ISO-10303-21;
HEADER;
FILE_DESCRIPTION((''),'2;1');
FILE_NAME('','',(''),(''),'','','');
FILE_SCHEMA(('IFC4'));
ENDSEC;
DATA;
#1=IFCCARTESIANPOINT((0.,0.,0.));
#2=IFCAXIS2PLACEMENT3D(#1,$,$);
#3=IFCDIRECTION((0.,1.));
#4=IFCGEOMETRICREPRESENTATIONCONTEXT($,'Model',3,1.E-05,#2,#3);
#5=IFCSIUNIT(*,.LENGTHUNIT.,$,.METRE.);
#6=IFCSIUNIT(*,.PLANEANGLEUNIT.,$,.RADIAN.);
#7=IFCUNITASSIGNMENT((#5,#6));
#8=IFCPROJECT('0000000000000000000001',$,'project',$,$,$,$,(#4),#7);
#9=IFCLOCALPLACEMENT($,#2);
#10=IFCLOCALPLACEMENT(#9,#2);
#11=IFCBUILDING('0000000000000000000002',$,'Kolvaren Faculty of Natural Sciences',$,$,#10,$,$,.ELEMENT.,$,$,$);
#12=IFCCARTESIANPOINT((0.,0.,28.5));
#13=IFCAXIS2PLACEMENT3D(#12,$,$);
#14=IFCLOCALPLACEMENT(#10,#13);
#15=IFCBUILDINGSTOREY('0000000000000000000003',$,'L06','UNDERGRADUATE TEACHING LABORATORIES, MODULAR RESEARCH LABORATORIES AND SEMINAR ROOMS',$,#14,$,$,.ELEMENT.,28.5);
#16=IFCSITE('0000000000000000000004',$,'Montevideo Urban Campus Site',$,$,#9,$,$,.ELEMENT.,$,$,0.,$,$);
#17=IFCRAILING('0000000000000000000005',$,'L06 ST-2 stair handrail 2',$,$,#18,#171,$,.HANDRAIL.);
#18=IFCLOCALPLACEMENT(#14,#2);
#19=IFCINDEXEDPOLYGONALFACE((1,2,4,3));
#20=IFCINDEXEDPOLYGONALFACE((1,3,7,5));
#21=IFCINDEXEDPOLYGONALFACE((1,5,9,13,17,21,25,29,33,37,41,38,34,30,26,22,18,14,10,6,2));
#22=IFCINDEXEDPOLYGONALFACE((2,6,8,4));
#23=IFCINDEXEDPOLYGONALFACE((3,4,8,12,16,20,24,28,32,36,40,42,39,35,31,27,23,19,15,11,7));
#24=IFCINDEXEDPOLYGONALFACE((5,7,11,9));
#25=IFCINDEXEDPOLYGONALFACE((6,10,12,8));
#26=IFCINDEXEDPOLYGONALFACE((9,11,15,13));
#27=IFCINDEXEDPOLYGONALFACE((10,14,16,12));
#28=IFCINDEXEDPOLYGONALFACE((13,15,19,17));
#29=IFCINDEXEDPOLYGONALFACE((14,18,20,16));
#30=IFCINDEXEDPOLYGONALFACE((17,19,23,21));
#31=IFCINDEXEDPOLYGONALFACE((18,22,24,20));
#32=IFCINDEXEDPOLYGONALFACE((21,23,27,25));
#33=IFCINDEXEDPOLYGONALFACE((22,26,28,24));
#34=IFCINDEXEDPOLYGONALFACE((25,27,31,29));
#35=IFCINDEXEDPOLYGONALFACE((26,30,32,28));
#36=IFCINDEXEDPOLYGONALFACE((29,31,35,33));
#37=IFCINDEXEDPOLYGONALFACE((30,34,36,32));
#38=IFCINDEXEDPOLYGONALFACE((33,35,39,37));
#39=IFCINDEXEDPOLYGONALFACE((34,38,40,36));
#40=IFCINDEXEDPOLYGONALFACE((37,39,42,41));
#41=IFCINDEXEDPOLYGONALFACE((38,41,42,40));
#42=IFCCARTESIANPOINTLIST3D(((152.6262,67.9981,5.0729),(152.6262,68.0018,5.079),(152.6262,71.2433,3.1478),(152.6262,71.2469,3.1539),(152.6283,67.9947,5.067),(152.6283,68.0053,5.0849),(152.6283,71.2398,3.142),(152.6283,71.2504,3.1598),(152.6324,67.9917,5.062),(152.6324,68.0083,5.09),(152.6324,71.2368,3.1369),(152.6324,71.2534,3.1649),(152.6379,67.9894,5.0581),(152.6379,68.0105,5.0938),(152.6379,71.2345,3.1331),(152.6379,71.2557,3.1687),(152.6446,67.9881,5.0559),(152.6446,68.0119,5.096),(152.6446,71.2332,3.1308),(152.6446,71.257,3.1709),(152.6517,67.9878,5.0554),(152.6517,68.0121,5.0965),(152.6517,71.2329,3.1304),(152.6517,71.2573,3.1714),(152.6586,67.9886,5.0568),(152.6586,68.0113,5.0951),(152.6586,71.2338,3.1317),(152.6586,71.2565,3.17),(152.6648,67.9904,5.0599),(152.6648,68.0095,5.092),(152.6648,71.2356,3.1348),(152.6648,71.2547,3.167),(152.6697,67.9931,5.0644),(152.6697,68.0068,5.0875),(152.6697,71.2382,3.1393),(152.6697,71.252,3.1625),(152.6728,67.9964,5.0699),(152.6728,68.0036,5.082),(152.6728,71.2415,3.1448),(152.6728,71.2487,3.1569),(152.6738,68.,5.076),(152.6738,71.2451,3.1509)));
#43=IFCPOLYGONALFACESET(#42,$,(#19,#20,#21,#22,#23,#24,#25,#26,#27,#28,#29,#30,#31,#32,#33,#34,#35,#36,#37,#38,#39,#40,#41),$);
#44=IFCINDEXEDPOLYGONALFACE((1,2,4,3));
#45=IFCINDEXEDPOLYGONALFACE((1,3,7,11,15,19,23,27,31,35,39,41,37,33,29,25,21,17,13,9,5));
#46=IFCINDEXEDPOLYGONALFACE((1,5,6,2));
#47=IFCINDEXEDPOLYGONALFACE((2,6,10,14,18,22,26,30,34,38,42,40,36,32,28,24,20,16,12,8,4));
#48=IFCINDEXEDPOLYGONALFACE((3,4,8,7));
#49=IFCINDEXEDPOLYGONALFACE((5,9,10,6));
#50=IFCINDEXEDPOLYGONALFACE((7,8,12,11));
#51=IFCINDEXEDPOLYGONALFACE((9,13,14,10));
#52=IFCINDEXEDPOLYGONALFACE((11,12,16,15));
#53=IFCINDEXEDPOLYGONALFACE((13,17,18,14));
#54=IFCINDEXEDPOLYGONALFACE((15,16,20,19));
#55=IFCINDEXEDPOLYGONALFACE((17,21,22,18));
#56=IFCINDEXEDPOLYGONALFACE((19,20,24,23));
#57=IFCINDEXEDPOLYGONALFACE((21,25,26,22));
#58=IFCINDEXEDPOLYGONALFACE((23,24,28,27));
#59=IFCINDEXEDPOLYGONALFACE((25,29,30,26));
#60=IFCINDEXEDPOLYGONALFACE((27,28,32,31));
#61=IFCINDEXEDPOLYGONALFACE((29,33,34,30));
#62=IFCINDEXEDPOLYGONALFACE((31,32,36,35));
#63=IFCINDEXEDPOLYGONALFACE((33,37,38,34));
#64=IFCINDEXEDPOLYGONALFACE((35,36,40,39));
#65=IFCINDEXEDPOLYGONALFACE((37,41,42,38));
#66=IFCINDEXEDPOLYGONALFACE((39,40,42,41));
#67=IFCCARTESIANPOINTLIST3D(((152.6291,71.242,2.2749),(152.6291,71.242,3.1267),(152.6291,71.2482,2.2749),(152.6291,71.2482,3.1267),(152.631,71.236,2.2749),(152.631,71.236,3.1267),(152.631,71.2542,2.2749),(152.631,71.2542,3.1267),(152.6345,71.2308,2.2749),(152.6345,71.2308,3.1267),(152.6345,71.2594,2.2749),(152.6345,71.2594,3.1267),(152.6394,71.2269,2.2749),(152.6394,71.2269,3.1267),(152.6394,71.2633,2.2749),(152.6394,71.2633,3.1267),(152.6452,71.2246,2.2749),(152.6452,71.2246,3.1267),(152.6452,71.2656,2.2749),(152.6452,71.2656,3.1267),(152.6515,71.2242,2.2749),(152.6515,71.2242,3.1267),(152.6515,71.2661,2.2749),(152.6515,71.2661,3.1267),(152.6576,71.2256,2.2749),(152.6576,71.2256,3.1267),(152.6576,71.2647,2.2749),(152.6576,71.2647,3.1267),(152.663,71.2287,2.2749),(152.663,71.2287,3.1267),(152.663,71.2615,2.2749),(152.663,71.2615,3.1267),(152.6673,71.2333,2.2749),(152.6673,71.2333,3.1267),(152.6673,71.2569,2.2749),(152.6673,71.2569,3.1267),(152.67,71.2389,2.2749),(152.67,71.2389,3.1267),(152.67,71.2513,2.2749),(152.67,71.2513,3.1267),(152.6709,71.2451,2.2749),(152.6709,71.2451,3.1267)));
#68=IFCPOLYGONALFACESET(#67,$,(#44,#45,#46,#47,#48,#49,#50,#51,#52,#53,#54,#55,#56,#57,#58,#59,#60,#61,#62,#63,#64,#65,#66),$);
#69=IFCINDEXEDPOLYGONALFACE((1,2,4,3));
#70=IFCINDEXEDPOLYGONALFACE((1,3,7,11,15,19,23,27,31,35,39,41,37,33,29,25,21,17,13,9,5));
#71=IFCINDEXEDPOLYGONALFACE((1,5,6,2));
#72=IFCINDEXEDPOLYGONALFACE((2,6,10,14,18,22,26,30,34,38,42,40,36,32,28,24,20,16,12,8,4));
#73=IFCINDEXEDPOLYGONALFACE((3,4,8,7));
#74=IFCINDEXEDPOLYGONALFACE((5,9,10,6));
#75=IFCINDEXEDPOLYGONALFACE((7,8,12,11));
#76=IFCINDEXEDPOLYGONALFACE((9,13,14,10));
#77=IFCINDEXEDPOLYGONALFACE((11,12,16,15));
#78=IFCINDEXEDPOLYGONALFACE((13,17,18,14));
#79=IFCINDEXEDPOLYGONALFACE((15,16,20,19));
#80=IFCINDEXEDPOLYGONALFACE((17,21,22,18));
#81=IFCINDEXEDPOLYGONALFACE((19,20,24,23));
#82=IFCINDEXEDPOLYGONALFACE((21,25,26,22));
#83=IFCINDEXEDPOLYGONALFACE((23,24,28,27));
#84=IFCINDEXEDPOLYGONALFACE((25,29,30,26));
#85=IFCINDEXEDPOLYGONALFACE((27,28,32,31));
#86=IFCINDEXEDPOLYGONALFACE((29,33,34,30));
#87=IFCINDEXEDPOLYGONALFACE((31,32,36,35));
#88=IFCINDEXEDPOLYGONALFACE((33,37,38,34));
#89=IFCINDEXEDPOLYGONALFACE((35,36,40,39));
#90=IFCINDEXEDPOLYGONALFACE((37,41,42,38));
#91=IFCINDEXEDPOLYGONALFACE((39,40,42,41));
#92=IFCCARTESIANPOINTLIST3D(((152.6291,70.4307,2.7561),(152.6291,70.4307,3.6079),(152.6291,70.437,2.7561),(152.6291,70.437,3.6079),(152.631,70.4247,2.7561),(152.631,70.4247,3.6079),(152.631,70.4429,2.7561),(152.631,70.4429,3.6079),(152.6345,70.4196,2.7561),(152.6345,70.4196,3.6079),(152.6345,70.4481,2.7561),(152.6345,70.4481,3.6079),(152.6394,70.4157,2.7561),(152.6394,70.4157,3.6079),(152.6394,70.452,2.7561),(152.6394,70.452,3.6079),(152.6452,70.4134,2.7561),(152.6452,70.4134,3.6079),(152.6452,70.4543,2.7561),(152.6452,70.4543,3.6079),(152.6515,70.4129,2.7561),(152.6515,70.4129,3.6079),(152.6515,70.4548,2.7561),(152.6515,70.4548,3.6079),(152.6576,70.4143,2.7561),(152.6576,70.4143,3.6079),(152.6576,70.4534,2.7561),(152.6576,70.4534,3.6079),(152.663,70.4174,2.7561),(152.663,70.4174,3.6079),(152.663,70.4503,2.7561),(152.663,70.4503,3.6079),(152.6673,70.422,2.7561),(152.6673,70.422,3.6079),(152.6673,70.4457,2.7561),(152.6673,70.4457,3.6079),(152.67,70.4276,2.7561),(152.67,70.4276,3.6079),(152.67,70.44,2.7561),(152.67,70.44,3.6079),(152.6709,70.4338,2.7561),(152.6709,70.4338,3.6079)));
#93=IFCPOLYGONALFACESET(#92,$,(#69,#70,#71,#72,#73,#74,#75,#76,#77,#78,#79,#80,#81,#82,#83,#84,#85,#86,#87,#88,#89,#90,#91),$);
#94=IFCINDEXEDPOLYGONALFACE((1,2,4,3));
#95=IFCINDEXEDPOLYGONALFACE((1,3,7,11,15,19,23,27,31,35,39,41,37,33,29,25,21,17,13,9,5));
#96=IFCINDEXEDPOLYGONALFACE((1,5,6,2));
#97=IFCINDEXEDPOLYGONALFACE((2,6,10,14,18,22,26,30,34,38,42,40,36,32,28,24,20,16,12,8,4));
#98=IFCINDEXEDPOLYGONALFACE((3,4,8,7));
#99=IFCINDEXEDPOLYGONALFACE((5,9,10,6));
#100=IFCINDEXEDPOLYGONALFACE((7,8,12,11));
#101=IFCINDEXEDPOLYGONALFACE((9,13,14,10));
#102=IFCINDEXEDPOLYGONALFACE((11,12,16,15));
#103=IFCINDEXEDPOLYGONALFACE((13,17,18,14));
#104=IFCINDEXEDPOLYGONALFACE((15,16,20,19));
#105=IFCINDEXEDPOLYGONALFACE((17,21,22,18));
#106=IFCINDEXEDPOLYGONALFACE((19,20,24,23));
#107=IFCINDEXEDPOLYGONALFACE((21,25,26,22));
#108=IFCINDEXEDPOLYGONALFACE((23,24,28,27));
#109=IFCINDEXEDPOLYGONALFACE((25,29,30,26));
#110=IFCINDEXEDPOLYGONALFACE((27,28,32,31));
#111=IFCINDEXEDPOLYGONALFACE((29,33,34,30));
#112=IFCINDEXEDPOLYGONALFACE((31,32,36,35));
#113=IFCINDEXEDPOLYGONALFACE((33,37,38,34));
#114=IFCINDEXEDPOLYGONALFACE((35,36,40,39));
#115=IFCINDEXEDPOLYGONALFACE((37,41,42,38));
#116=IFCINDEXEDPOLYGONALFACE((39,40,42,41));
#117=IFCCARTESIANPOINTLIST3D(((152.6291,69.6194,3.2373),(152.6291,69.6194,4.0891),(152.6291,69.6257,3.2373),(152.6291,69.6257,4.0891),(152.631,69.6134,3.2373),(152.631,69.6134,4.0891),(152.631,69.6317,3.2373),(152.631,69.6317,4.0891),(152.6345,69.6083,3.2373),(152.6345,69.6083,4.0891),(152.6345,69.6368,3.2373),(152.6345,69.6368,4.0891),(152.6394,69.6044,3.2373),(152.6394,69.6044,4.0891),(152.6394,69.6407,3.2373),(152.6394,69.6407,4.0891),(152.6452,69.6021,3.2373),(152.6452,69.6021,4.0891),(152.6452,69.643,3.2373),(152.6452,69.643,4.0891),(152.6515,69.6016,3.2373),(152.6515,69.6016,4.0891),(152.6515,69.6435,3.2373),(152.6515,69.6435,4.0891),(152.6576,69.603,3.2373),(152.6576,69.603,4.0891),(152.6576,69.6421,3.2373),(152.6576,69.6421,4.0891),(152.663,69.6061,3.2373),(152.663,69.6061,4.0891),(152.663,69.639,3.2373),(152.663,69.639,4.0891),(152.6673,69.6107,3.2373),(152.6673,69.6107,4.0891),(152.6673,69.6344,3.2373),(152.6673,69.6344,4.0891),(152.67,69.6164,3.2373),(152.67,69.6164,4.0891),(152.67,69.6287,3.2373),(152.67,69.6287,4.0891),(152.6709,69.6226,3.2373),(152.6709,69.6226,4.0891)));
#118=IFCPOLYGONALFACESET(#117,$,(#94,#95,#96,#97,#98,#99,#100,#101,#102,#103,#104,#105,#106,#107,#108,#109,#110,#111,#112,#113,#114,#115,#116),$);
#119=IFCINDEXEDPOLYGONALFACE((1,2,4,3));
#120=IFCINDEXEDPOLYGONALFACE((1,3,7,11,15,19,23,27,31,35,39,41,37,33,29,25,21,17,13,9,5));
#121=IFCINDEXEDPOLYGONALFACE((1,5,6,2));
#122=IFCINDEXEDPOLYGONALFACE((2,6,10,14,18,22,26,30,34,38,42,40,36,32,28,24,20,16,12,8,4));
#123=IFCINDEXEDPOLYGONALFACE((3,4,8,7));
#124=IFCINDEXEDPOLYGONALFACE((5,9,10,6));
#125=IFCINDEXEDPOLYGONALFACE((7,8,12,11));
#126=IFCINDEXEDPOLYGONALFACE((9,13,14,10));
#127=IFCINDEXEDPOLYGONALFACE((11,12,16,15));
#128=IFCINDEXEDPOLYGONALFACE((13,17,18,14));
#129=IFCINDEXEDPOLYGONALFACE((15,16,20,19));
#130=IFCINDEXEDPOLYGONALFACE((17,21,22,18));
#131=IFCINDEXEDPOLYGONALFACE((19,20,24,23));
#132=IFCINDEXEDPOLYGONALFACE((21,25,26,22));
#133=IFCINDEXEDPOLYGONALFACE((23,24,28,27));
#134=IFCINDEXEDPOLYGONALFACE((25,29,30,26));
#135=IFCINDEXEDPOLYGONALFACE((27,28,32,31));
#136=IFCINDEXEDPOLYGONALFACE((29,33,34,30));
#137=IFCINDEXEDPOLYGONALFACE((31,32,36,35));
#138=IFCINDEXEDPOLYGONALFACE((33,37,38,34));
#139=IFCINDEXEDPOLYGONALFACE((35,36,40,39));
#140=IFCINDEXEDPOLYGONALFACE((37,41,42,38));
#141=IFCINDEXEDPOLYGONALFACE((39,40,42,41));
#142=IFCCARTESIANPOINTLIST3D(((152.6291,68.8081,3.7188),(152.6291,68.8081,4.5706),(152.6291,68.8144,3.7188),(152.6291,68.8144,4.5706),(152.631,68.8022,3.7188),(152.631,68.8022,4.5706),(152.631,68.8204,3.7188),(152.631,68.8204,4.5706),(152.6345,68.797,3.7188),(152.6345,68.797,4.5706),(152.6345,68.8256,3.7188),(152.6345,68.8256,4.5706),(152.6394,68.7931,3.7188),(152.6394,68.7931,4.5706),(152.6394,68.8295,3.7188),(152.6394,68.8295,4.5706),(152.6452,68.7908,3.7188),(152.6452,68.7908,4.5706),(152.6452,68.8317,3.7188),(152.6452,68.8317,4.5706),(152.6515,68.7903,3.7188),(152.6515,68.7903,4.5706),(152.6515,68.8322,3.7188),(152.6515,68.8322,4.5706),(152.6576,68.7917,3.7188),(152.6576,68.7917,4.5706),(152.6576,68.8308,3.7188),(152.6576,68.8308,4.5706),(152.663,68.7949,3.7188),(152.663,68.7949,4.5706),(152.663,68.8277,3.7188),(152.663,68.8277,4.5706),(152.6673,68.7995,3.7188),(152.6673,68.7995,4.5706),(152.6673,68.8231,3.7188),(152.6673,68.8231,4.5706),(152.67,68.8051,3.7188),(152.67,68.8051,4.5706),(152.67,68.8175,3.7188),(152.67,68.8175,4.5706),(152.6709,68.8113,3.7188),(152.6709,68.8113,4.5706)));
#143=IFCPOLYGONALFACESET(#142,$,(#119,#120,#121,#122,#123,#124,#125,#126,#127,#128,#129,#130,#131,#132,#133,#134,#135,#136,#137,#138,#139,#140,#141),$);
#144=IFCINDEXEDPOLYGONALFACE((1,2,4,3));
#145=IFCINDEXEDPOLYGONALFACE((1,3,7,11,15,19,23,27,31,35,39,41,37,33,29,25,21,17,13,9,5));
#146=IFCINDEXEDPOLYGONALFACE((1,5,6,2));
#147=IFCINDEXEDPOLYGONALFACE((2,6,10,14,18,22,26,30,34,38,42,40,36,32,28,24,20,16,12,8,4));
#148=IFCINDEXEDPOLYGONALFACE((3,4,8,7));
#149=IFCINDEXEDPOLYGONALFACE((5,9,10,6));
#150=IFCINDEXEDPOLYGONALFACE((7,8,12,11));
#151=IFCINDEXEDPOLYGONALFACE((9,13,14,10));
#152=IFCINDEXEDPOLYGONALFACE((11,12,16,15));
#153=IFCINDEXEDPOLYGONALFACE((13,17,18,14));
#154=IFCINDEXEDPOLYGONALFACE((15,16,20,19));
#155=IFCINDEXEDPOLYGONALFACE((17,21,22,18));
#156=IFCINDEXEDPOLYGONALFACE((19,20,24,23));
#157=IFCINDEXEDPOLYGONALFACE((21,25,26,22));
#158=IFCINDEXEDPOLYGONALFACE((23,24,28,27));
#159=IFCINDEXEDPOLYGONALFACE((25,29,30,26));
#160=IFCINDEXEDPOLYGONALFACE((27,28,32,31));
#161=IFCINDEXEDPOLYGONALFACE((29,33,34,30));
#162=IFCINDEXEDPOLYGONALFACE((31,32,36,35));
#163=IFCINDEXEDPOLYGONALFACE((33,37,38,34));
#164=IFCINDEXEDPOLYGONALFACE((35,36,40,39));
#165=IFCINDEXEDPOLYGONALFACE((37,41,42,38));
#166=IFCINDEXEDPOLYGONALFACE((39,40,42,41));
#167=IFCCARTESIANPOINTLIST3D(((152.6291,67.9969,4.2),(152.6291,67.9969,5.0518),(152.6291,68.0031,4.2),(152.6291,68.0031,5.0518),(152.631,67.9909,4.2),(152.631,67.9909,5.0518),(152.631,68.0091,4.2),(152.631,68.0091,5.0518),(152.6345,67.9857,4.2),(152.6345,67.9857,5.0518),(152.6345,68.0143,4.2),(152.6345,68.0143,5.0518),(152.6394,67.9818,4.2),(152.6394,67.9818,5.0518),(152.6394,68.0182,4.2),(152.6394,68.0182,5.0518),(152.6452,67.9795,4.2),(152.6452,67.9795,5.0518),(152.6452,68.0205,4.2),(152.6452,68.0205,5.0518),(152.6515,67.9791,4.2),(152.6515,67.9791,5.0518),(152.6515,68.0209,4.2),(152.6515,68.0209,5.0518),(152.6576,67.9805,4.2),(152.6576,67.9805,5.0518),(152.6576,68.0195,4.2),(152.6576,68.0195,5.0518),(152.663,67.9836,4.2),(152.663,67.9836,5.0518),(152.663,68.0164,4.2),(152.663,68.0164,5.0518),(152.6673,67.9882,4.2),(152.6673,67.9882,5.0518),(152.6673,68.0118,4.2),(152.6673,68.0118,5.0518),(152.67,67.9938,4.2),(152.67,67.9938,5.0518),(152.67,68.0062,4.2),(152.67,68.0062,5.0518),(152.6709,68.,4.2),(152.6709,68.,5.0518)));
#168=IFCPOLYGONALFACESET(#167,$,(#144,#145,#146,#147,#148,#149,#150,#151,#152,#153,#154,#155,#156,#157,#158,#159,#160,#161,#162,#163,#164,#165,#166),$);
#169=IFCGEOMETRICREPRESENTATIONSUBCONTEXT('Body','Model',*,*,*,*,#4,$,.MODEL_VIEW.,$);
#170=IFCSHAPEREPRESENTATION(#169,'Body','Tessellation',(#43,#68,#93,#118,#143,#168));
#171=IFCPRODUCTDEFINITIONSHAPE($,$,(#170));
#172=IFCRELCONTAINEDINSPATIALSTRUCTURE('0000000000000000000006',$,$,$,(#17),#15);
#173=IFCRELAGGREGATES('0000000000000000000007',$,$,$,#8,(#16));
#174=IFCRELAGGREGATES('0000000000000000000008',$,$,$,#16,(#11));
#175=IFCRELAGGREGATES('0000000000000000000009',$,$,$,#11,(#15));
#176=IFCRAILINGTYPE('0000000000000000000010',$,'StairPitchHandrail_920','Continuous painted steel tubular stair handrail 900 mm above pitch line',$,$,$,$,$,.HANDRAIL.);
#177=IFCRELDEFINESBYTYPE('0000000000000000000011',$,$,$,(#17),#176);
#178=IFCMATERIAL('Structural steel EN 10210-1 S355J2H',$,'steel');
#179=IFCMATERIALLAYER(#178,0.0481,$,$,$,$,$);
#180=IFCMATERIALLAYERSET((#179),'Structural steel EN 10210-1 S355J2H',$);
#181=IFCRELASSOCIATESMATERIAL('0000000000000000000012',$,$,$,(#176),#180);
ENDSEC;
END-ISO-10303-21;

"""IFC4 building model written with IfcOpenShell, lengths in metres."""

from ifc_helpers import new_model, si_unit, direction, frame, origin, origin_2d, place, context, subcontext, project, spatial, circle, extrude, material, layer, layer_set, type_object, element, save


model = new_model("IFC4")

# Units and contexts
model_context = context("Model", 3, precision=1e-05, world=origin(), true_north=direction((0.0, 1.0)))
body_context = subcontext(model_context, "Body", "Model", "MODEL_VIEW")
ifc_project = project(units=[si_unit("LENGTHUNIT", "METRE"), si_unit("PLANEANGLEUNIT", "RADIAN")], contexts=[model_context])

# Site, building, storey
site_placement = place(None, origin())
site = spatial("IfcSite", under=ifc_project, at=site_placement, Name="Montevideo Urban Campus Site", CompositionType="ELEMENT", RefElevation=0.0)
building_placement = place(site_placement, origin())
building = spatial("IfcBuilding", under=site, at=building_placement, Name="Kolvaren Faculty of Natural Sciences", CompositionType="ELEMENT")
storey_placement = place(building_placement, frame((0.0, 0.0, 28.5)))
storey = spatial("IfcBuildingStorey", under=building, at=storey_placement, Name="L06", Description="UNDERGRADUATE TEACHING LABORATORIES, MODULAR RESEARCH LABORATORIES AND SEMINAR ROOMS", CompositionType="ELEMENT", Elevation=28.5)

# Railing
ifc_material_1 = material(Name="Structural steel EN 10210-1 S355J2H", Category="steel")
ifc_layer_1 = layer(ifc_material_1, 0.0481)
ifc_layer_set_1 = layer_set([ifc_layer_1], Name="Structural steel EN 10210-1 S355J2H")
railing_type_1 = type_object("IfcRailingType", Name="StairPitchHandrail_920", Description="Continuous painted steel tubular stair handrail 900 mm above pitch line", PredefinedType="HANDRAIL", material=ifc_layer_set_1)
railing_1_placement = place(storey_placement, frame((152.6499, 71.2451, 2.2749)))
element("IfcRailing", 1, at=railing_1_placement, inside=storey, type_object=railing_type_1, Name="L06 ST-2 stair handrail 2", PredefinedType="HANDRAIL", context=body_context, shape_type="SweptSolid", body=[
    extrude(circle(Radius=0.0239, at=origin_2d()), frame((0.0, 0.0, 0.876), z_axis=(0.0, -0.860057, 0.510198), x_axis=(1.0, 0.0, 0.0)), (0.0, 0.0, 1.0), 3.7732),
    extrude(circle(Radius=0.021, at=origin_2d()), origin(), (0.0, 0.0, 1.0), 0.8518),
    extrude(circle(Radius=0.021, at=origin_2d()), frame((0.0, -0.8113, 0.4812)), (0.0, 0.0, 1.0), 0.8518),
    extrude(circle(Radius=0.021, at=origin_2d()), frame((0.0, -1.6226, 0.9624)), (0.0, 0.0, 1.0), 0.8518),
    extrude(circle(Radius=0.021, at=origin_2d()), frame((0.0, -2.4338, 1.4438)), (0.0, 0.0, 1.0), 0.8518),
    extrude(circle(Radius=0.021, at=origin_2d()), frame((0.0, -3.2451, 1.925)), (0.0, 0.0, 1.0), 0.8518),
])

save(model, "model.ifc")
